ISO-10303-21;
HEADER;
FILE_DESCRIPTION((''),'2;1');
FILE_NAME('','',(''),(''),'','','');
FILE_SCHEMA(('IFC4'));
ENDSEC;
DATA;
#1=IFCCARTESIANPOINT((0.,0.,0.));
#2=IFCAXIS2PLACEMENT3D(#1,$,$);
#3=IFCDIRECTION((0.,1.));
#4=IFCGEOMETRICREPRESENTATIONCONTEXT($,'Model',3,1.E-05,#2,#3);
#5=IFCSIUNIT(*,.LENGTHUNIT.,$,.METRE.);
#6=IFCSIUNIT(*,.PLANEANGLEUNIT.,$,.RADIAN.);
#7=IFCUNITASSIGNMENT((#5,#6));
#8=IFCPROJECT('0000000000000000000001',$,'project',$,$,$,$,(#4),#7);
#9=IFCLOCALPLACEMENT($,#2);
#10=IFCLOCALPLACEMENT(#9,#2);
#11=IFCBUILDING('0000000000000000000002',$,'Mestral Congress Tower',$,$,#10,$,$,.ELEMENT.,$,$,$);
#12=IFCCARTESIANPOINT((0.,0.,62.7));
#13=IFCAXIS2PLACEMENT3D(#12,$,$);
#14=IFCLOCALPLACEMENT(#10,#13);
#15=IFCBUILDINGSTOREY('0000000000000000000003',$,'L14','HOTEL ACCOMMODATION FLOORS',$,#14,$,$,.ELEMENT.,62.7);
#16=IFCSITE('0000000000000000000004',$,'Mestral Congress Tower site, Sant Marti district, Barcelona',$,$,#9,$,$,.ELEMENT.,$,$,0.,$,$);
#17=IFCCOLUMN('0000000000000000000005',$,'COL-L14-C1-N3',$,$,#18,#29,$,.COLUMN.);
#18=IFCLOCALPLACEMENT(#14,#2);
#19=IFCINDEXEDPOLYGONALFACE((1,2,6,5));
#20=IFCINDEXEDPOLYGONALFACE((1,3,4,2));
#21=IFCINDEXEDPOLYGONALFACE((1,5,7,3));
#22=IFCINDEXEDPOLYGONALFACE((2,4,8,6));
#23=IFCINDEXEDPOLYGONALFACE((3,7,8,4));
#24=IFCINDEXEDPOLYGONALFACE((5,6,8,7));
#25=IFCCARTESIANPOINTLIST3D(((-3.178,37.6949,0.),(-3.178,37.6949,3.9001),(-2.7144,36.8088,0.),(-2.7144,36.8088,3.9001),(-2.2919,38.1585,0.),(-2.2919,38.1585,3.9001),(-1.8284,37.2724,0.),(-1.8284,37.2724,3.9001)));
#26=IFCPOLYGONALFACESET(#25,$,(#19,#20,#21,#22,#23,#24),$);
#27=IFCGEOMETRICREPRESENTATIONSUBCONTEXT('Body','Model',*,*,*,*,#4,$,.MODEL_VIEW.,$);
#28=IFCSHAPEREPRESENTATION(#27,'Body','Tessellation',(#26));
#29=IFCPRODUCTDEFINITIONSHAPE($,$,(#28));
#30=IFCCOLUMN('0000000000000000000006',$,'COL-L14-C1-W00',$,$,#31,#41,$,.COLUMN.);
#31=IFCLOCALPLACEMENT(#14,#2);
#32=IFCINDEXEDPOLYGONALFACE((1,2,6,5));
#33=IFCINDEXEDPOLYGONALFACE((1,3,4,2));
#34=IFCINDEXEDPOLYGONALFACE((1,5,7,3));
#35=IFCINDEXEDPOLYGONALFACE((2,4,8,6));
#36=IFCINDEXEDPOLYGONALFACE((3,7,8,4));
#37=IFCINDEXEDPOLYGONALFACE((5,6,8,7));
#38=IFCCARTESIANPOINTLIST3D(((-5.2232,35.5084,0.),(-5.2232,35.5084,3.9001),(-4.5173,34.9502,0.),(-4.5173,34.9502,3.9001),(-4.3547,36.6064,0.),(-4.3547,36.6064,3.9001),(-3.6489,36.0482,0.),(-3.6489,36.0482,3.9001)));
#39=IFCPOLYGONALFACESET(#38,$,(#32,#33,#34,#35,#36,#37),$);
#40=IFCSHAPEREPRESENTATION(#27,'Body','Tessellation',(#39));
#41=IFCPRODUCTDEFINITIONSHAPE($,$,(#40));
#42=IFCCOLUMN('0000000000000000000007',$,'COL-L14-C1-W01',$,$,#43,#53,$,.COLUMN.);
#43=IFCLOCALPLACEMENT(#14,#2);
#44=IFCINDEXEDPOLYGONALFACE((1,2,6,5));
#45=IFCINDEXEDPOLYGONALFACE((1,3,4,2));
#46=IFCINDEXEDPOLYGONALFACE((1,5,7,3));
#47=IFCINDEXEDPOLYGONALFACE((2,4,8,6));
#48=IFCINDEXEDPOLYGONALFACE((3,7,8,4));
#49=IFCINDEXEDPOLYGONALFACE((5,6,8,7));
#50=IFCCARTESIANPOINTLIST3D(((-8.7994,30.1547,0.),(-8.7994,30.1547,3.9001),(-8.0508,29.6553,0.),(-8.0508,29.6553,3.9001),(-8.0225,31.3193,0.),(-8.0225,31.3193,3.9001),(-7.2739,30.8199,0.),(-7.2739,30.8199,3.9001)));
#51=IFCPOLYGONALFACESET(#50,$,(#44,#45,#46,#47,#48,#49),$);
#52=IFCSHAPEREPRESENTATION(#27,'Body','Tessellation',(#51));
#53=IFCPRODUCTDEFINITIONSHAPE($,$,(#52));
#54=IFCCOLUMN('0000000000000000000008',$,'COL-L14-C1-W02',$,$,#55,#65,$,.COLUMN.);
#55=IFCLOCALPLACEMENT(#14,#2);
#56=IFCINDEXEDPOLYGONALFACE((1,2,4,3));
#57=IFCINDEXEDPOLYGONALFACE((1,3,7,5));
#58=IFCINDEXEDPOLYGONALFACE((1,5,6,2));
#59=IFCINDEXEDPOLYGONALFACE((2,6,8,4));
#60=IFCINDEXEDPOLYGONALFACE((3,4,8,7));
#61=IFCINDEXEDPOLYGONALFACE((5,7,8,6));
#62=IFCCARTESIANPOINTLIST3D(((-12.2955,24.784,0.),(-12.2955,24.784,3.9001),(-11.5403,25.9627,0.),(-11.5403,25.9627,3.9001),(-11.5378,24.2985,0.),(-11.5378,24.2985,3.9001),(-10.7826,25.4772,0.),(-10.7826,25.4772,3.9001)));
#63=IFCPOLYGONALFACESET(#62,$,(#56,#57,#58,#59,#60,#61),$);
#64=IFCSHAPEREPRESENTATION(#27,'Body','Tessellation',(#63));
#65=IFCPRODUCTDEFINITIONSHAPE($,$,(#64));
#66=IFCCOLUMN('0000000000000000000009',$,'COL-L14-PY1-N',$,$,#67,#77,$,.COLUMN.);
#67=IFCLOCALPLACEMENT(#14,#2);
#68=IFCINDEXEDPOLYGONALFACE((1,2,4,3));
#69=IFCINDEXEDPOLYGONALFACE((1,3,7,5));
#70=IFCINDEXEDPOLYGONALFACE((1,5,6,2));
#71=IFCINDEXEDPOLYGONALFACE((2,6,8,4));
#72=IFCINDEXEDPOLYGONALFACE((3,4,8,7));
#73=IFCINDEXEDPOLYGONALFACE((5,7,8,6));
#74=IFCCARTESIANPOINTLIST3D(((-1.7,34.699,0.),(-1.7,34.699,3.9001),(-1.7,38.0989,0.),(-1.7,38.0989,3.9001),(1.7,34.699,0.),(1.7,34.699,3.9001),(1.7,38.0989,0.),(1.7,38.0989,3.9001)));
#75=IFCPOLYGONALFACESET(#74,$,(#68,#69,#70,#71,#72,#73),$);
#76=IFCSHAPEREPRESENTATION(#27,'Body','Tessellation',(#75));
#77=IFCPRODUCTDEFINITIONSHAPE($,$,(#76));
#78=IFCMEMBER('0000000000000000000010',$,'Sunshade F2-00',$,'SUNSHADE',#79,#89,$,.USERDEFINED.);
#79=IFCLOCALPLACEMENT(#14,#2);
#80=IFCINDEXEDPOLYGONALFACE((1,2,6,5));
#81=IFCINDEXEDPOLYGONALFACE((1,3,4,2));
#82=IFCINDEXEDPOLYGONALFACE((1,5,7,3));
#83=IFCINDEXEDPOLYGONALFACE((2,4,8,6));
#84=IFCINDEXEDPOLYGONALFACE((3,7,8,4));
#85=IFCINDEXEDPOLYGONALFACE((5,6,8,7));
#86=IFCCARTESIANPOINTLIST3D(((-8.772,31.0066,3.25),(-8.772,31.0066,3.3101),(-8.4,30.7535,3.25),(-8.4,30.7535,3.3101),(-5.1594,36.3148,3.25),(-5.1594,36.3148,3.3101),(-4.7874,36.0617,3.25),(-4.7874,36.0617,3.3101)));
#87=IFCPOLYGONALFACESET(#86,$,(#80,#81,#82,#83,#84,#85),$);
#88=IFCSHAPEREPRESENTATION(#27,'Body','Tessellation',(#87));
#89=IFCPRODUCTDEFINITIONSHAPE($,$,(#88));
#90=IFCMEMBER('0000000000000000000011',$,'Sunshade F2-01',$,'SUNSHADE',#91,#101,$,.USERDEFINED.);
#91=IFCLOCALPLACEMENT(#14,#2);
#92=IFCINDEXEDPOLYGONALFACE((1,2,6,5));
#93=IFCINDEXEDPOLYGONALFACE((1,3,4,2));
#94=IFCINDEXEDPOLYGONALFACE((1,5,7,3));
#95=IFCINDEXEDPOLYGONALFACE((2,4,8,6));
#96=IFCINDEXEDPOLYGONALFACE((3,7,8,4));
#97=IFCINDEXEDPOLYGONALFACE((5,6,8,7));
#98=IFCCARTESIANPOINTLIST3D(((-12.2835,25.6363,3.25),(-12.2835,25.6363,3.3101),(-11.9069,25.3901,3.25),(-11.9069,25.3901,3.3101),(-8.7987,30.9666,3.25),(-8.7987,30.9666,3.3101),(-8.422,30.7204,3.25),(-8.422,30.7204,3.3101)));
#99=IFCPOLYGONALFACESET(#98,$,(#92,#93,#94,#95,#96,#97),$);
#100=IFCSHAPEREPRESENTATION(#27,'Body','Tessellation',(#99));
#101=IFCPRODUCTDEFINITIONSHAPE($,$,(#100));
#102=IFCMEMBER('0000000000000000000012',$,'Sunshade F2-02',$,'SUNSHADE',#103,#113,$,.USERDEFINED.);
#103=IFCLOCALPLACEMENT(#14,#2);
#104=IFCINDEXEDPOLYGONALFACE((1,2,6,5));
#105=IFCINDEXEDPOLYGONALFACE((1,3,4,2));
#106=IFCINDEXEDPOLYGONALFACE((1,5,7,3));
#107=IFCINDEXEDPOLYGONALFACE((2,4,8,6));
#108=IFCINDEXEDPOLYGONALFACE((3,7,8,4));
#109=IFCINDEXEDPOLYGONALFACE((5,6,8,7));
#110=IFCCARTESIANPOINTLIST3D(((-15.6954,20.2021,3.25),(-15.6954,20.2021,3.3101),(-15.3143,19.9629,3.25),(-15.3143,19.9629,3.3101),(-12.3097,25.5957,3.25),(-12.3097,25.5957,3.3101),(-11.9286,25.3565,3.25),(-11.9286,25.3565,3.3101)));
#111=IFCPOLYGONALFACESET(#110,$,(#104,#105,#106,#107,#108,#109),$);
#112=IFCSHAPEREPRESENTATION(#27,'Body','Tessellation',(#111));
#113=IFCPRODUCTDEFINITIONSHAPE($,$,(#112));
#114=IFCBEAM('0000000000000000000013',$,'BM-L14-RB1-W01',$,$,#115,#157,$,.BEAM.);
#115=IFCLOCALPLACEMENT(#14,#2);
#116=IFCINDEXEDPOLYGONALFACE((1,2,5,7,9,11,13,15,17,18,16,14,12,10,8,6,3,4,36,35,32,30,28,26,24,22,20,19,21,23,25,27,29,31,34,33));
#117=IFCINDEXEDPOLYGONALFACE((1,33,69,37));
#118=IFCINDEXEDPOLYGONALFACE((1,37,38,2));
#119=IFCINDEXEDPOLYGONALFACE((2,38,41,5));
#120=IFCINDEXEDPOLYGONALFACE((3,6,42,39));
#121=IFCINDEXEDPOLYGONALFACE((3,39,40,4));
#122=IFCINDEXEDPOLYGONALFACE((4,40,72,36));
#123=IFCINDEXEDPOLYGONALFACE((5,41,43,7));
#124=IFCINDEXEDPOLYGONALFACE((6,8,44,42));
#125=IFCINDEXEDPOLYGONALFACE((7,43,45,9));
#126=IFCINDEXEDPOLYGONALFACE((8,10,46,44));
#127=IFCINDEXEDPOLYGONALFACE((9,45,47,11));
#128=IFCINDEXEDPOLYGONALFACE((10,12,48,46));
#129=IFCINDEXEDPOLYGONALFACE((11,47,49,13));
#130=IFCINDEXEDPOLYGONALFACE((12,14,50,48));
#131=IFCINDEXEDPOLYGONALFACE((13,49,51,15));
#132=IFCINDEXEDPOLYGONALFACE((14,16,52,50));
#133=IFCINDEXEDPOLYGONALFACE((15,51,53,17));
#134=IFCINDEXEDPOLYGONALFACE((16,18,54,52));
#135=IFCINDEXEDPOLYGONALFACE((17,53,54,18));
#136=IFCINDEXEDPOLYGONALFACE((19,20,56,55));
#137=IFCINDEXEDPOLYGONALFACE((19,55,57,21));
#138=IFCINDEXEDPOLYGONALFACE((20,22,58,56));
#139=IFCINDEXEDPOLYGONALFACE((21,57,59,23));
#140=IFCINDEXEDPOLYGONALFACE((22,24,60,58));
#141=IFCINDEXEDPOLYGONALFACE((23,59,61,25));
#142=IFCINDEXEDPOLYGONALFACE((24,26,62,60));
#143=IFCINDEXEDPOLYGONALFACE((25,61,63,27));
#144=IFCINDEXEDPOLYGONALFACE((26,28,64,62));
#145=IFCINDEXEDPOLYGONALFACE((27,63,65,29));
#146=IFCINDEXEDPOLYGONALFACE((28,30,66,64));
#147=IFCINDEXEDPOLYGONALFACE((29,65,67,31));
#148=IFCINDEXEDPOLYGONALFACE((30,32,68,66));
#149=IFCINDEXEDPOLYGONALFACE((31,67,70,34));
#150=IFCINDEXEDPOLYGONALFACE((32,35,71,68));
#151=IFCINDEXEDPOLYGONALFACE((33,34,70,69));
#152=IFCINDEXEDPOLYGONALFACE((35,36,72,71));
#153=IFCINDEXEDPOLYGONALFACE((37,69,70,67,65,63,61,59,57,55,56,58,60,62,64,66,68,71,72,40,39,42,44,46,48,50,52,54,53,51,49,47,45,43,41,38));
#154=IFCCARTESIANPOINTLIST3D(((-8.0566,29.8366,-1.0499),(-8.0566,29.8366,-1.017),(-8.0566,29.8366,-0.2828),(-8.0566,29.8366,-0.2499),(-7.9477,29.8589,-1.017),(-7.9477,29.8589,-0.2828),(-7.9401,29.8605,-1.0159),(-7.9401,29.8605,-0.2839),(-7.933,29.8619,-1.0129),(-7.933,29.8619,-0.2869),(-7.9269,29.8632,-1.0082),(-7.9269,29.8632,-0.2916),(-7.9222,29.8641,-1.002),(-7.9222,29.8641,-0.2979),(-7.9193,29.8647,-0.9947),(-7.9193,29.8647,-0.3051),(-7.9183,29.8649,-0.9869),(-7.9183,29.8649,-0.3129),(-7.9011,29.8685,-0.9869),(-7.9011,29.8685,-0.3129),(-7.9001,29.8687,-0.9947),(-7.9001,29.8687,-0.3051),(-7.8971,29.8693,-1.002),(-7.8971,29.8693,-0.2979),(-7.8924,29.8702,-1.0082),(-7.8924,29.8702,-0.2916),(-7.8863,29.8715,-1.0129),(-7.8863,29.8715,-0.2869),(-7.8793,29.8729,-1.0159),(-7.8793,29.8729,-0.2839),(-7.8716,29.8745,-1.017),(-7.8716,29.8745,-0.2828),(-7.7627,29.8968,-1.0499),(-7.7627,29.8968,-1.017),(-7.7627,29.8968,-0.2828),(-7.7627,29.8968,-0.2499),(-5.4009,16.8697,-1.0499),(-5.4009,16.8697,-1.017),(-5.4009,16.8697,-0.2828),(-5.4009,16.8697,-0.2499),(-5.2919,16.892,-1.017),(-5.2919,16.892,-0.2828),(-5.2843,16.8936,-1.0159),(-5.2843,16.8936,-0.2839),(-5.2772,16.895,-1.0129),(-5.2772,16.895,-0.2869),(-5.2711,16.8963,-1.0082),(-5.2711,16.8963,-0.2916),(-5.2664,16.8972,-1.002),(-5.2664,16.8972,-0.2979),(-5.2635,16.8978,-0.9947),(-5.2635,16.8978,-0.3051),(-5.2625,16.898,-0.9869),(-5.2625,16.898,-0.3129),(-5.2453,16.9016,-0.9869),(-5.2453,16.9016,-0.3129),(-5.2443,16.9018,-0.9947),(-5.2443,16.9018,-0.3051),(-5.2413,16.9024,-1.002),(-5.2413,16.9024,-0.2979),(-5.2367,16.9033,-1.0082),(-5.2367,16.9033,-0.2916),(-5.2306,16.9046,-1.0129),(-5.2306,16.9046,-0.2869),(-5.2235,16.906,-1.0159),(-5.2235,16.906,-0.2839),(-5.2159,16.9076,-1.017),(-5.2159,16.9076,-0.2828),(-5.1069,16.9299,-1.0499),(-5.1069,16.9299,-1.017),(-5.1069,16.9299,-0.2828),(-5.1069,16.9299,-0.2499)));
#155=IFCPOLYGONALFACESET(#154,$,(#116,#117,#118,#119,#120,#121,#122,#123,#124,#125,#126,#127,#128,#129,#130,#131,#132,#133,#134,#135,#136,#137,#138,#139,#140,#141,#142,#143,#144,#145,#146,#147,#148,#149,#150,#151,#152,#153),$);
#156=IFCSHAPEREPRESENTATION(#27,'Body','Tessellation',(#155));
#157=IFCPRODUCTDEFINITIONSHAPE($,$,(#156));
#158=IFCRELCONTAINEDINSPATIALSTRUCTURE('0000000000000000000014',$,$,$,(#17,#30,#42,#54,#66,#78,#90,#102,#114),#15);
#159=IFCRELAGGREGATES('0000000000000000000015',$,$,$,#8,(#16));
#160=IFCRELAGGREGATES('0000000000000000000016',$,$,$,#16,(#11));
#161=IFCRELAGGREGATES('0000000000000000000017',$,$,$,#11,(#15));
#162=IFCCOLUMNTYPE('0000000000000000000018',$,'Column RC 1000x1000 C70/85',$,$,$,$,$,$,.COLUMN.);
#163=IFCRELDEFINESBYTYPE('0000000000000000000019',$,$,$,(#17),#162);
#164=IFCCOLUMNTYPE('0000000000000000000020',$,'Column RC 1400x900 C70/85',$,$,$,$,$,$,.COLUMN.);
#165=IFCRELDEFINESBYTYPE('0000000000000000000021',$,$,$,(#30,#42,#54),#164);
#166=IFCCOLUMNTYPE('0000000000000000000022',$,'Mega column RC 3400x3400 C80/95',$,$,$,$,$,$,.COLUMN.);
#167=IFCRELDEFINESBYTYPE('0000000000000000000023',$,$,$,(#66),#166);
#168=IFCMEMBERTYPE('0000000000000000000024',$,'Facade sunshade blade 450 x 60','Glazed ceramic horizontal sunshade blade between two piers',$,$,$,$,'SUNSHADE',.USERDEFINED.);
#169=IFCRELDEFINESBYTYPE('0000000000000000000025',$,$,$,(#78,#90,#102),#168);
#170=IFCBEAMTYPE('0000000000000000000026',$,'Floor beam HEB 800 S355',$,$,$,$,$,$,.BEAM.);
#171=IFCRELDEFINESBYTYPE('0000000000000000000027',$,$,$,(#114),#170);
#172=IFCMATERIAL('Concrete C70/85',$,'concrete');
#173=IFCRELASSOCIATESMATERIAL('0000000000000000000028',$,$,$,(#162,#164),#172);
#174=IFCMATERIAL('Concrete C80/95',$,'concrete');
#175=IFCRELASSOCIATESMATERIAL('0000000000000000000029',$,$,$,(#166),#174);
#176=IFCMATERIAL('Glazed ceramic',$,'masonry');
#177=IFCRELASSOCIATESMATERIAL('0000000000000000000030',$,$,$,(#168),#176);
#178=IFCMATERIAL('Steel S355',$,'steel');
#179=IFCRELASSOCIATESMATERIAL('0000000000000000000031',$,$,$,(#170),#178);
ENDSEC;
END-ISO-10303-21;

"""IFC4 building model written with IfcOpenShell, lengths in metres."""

from ifc_helpers import new_model, si_unit, direction, frame, origin, origin_2d, place, context, subcontext, project, spatial, rectangle, i_section, extrude, material, material_profile, profile_set, type_object, element, save


model = new_model("IFC4")

# Units and contexts
model_context = context("Model", 3, precision=1e-05, world=origin(), true_north=direction((0.0, 1.0)))
body_context = subcontext(model_context, "Body", "Model", "MODEL_VIEW")
ifc_project = project(units=[si_unit("LENGTHUNIT", "METRE"), si_unit("PLANEANGLEUNIT", "RADIAN")], contexts=[model_context])

# Site, building, storey
site_placement = place(None, origin())
site = spatial("IfcSite", under=ifc_project, at=site_placement, Name="Mestral Congress Tower site, Sant Marti district, Barcelona", CompositionType="ELEMENT", RefElevation=0.0)
building_placement = place(site_placement, origin())
building = spatial("IfcBuilding", under=site, at=building_placement, Name="Mestral Congress Tower", CompositionType="ELEMENT")
storey_placement = place(building_placement, frame((0.0, 0.0, 62.7)))
storey = spatial("IfcBuildingStorey", under=building, at=storey_placement, Name="L14", Description="HOTEL ACCOMMODATION FLOORS", CompositionType="ELEMENT", Elevation=62.7)

# Columns
ifc_material_1 = material(Name="Concrete C70/85", Category="concrete")
ifc_material_profile_1 = material_profile(ifc_material_1, rectangle(XDim=1.0, YDim=1.0, at=origin_2d()), Name="RC 1000x1000")
ifc_profile_set_1 = profile_set([ifc_material_profile_1], Name="Concrete C70/85")
column_type_1 = type_object("IfcColumnType", Name="Column RC 1000x1000 C70/85", PredefinedType="COLUMN", material=ifc_profile_set_1)
column_1_placement = place(storey_placement, frame((-2.5032, 37.4836, 0.0), z_axis=(0.0, 0.0, 1.0), x_axis=(-0.886068, -0.463556, 0.0)))
element("IfcColumn", 1, at=column_1_placement, inside=storey, type_object=column_type_1, Name="COL-L14-C1-N3", PredefinedType="COLUMN", context=body_context, shape_type="SweptSolid", body=[
    extrude(rectangle(XDim=1.0, YDim=1.0, at=origin_2d()), origin(), (0.0, 0.0, 1.0), 3.9001),
])
ifc_material_profile_2 = material_profile(ifc_material_1, rectangle(XDim=1.3999, YDim=0.8999, at=origin_2d()), Name="RC 1400x900")
ifc_profile_set_2 = profile_set([ifc_material_profile_2], Name="Concrete C70/85")
column_type_2 = type_object("IfcColumnType", Name="Column RC 1400x900 C70/85", PredefinedType="COLUMN", material=ifc_profile_set_2)
for number, where, z_axis, x_axis, name in (
    (2, (-4.436, 35.7783, 0.0), (0.0, 0.0, 1.0), (-0.620334, -0.784338, 0.0), "COL-L14-C1-W00"),
    (3, (-8.0366, 30.4873, 0.0), (0.0, 0.0, 1.0), (-0.554949, -0.831884, 0.0), "COL-L14-C1-W01"),
    (4, (-11.5391, 25.1306, 0.0), (0.0, 0.0, 1.0), (-0.539476, -0.842001, 0.0), "COL-L14-C1-W02"),
):
    element("IfcColumn", number, at=place(storey_placement, frame(where, z_axis=z_axis, x_axis=x_axis)), inside=storey, type_object=column_type_2, Name=name, PredefinedType="COLUMN", context=body_context, shape_type="SweptSolid", body=[
        extrude(rectangle(XDim=1.3999, YDim=0.8999, at=origin_2d()), origin(), (0.0, 0.0, 1.0), 3.9001),
    ])
ifc_material_2 = material(Name="Concrete C80/95", Category="concrete")
ifc_material_profile_3 = material_profile(ifc_material_2, rectangle(XDim=3.3999, YDim=3.3999, at=origin_2d()), Name="RC 3400x3400")
ifc_profile_set_3 = profile_set([ifc_material_profile_3], Name="Concrete C80/95")
column_type_3 = type_object("IfcColumnType", Name="Mega column RC 3400x3400 C80/95", PredefinedType="COLUMN", material=ifc_profile_set_3)
column_2_placement = place(storey_placement, frame((0.0, 36.3989, 0.0), z_axis=(0.0, 0.0, 1.0), x_axis=(0.0, 1.0, 0.0)))
element("IfcColumn", 5, at=column_2_placement, inside=storey, type_object=column_type_3, Name="COL-L14-PY1-N", PredefinedType="COLUMN", context=body_context, shape_type="SweptSolid", body=[
    extrude(rectangle(XDim=3.3999, YDim=3.3999, at=origin_2d()), origin(), (0.0, 0.0, 1.0), 3.9001),
])

# Members
ifc_material_3 = material(Name="Glazed ceramic", Category="masonry")
ifc_material_profile_4 = material_profile(ifc_material_3, rectangle(XDim=0.45, YDim=0.0601, at=origin_2d()), Name="Ceramic blade 450 x 60")
ifc_profile_set_4 = profile_set([ifc_material_profile_4], Name="Glazed ceramic")
member_type = type_object("IfcMemberType", Name="Facade sunshade blade 450 x 60", Description="Glazed ceramic horizontal sunshade blade between two piers", ElementType="SUNSHADE", PredefinedType="USERDEFINED", material=ifc_profile_set_4)
member_1_placement = place(storey_placement, frame((-4.9734, 36.1882, 3.28), z_axis=(-0.562633, -0.826706, 0.0), x_axis=(0.826706, -0.562633, 0.0)))
element("IfcMember", 6, at=member_1_placement, inside=storey, type_object=member_type, Name="Sunshade F2-00", ObjectType="SUNSHADE", PredefinedType="USERDEFINED", context=body_context, shape_type="SweptSolid", body=[
    extrude(rectangle(XDim=0.45, YDim=0.0601, at=origin_2d()), origin(), (0.0, 0.0, 1.0), 6.4209),
])
member_2_placement = place(storey_placement, frame((-8.6104, 30.8435, 3.28), z_axis=(-0.547211, -0.836995, 0.0), x_axis=(0.836995, -0.547211, 0.0)))
element("IfcMember", 7, at=member_2_placement, inside=storey, type_object=member_type, Name="Sunshade F2-01", ObjectType="SUNSHADE", PredefinedType="USERDEFINED", context=body_context, shape_type="SweptSolid", body=[
    extrude(rectangle(XDim=0.45, YDim=0.0601, at=origin_2d()), origin(), (0.0, 0.0, 1.0), 6.3684),
])
member_3_placement = place(storey_placement, frame((-12.1191, 25.4761, 3.28), z_axis=(-0.531666, -0.846954, 0.0), x_axis=(0.846954, -0.531666, 0.0)))
element("IfcMember", 8, at=member_3_placement, inside=storey, type_object=member_type, Name="Sunshade F2-02", ObjectType="SUNSHADE", PredefinedType="USERDEFINED", context=body_context, shape_type="SweptSolid", body=[
    extrude(rectangle(XDim=0.45, YDim=0.0601, at=origin_2d()), origin(), (0.0, 0.0, 1.0), 6.3682),
])

# Beam
ifc_material_4 = material(Name="Steel S355", Category="steel")
ifc_material_profile_5 = material_profile(ifc_material_4, i_section(OverallWidth=0.3, OverallDepth=0.8, WebThickness=0.0176, FlangeThickness=0.033, FilletRadius=0.03, at=origin_2d()), Name="HEB 800")
ifc_profile_set_5 = profile_set([ifc_material_profile_5], Name="Steel S355")
beam_type_1 = type_object("IfcBeamType", Name="Floor beam HEB 800 S355", PredefinedType="BEAM", material=ifc_profile_set_5)
beam_1_placement = place(storey_placement, frame((-7.9097, 29.8667, -0.6499), z_axis=(0.200647, -0.979664, 0.0), x_axis=(0.979664, 0.200647, 0.0)))
element("IfcBeam", 9, at=beam_1_placement, inside=storey, type_object=beam_type_1, Name="BM-L14-RB1-W01", PredefinedType="BEAM", context=body_context, shape_type="SweptSolid", body=[
    extrude(i_section(OverallWidth=0.3, OverallDepth=0.8, WebThickness=0.0176, FlangeThickness=0.033, FilletRadius=0.03, at=origin_2d()), origin(), (0.0, 0.0, 1.0), 13.2361),
])

save(model, "model.ifc")
